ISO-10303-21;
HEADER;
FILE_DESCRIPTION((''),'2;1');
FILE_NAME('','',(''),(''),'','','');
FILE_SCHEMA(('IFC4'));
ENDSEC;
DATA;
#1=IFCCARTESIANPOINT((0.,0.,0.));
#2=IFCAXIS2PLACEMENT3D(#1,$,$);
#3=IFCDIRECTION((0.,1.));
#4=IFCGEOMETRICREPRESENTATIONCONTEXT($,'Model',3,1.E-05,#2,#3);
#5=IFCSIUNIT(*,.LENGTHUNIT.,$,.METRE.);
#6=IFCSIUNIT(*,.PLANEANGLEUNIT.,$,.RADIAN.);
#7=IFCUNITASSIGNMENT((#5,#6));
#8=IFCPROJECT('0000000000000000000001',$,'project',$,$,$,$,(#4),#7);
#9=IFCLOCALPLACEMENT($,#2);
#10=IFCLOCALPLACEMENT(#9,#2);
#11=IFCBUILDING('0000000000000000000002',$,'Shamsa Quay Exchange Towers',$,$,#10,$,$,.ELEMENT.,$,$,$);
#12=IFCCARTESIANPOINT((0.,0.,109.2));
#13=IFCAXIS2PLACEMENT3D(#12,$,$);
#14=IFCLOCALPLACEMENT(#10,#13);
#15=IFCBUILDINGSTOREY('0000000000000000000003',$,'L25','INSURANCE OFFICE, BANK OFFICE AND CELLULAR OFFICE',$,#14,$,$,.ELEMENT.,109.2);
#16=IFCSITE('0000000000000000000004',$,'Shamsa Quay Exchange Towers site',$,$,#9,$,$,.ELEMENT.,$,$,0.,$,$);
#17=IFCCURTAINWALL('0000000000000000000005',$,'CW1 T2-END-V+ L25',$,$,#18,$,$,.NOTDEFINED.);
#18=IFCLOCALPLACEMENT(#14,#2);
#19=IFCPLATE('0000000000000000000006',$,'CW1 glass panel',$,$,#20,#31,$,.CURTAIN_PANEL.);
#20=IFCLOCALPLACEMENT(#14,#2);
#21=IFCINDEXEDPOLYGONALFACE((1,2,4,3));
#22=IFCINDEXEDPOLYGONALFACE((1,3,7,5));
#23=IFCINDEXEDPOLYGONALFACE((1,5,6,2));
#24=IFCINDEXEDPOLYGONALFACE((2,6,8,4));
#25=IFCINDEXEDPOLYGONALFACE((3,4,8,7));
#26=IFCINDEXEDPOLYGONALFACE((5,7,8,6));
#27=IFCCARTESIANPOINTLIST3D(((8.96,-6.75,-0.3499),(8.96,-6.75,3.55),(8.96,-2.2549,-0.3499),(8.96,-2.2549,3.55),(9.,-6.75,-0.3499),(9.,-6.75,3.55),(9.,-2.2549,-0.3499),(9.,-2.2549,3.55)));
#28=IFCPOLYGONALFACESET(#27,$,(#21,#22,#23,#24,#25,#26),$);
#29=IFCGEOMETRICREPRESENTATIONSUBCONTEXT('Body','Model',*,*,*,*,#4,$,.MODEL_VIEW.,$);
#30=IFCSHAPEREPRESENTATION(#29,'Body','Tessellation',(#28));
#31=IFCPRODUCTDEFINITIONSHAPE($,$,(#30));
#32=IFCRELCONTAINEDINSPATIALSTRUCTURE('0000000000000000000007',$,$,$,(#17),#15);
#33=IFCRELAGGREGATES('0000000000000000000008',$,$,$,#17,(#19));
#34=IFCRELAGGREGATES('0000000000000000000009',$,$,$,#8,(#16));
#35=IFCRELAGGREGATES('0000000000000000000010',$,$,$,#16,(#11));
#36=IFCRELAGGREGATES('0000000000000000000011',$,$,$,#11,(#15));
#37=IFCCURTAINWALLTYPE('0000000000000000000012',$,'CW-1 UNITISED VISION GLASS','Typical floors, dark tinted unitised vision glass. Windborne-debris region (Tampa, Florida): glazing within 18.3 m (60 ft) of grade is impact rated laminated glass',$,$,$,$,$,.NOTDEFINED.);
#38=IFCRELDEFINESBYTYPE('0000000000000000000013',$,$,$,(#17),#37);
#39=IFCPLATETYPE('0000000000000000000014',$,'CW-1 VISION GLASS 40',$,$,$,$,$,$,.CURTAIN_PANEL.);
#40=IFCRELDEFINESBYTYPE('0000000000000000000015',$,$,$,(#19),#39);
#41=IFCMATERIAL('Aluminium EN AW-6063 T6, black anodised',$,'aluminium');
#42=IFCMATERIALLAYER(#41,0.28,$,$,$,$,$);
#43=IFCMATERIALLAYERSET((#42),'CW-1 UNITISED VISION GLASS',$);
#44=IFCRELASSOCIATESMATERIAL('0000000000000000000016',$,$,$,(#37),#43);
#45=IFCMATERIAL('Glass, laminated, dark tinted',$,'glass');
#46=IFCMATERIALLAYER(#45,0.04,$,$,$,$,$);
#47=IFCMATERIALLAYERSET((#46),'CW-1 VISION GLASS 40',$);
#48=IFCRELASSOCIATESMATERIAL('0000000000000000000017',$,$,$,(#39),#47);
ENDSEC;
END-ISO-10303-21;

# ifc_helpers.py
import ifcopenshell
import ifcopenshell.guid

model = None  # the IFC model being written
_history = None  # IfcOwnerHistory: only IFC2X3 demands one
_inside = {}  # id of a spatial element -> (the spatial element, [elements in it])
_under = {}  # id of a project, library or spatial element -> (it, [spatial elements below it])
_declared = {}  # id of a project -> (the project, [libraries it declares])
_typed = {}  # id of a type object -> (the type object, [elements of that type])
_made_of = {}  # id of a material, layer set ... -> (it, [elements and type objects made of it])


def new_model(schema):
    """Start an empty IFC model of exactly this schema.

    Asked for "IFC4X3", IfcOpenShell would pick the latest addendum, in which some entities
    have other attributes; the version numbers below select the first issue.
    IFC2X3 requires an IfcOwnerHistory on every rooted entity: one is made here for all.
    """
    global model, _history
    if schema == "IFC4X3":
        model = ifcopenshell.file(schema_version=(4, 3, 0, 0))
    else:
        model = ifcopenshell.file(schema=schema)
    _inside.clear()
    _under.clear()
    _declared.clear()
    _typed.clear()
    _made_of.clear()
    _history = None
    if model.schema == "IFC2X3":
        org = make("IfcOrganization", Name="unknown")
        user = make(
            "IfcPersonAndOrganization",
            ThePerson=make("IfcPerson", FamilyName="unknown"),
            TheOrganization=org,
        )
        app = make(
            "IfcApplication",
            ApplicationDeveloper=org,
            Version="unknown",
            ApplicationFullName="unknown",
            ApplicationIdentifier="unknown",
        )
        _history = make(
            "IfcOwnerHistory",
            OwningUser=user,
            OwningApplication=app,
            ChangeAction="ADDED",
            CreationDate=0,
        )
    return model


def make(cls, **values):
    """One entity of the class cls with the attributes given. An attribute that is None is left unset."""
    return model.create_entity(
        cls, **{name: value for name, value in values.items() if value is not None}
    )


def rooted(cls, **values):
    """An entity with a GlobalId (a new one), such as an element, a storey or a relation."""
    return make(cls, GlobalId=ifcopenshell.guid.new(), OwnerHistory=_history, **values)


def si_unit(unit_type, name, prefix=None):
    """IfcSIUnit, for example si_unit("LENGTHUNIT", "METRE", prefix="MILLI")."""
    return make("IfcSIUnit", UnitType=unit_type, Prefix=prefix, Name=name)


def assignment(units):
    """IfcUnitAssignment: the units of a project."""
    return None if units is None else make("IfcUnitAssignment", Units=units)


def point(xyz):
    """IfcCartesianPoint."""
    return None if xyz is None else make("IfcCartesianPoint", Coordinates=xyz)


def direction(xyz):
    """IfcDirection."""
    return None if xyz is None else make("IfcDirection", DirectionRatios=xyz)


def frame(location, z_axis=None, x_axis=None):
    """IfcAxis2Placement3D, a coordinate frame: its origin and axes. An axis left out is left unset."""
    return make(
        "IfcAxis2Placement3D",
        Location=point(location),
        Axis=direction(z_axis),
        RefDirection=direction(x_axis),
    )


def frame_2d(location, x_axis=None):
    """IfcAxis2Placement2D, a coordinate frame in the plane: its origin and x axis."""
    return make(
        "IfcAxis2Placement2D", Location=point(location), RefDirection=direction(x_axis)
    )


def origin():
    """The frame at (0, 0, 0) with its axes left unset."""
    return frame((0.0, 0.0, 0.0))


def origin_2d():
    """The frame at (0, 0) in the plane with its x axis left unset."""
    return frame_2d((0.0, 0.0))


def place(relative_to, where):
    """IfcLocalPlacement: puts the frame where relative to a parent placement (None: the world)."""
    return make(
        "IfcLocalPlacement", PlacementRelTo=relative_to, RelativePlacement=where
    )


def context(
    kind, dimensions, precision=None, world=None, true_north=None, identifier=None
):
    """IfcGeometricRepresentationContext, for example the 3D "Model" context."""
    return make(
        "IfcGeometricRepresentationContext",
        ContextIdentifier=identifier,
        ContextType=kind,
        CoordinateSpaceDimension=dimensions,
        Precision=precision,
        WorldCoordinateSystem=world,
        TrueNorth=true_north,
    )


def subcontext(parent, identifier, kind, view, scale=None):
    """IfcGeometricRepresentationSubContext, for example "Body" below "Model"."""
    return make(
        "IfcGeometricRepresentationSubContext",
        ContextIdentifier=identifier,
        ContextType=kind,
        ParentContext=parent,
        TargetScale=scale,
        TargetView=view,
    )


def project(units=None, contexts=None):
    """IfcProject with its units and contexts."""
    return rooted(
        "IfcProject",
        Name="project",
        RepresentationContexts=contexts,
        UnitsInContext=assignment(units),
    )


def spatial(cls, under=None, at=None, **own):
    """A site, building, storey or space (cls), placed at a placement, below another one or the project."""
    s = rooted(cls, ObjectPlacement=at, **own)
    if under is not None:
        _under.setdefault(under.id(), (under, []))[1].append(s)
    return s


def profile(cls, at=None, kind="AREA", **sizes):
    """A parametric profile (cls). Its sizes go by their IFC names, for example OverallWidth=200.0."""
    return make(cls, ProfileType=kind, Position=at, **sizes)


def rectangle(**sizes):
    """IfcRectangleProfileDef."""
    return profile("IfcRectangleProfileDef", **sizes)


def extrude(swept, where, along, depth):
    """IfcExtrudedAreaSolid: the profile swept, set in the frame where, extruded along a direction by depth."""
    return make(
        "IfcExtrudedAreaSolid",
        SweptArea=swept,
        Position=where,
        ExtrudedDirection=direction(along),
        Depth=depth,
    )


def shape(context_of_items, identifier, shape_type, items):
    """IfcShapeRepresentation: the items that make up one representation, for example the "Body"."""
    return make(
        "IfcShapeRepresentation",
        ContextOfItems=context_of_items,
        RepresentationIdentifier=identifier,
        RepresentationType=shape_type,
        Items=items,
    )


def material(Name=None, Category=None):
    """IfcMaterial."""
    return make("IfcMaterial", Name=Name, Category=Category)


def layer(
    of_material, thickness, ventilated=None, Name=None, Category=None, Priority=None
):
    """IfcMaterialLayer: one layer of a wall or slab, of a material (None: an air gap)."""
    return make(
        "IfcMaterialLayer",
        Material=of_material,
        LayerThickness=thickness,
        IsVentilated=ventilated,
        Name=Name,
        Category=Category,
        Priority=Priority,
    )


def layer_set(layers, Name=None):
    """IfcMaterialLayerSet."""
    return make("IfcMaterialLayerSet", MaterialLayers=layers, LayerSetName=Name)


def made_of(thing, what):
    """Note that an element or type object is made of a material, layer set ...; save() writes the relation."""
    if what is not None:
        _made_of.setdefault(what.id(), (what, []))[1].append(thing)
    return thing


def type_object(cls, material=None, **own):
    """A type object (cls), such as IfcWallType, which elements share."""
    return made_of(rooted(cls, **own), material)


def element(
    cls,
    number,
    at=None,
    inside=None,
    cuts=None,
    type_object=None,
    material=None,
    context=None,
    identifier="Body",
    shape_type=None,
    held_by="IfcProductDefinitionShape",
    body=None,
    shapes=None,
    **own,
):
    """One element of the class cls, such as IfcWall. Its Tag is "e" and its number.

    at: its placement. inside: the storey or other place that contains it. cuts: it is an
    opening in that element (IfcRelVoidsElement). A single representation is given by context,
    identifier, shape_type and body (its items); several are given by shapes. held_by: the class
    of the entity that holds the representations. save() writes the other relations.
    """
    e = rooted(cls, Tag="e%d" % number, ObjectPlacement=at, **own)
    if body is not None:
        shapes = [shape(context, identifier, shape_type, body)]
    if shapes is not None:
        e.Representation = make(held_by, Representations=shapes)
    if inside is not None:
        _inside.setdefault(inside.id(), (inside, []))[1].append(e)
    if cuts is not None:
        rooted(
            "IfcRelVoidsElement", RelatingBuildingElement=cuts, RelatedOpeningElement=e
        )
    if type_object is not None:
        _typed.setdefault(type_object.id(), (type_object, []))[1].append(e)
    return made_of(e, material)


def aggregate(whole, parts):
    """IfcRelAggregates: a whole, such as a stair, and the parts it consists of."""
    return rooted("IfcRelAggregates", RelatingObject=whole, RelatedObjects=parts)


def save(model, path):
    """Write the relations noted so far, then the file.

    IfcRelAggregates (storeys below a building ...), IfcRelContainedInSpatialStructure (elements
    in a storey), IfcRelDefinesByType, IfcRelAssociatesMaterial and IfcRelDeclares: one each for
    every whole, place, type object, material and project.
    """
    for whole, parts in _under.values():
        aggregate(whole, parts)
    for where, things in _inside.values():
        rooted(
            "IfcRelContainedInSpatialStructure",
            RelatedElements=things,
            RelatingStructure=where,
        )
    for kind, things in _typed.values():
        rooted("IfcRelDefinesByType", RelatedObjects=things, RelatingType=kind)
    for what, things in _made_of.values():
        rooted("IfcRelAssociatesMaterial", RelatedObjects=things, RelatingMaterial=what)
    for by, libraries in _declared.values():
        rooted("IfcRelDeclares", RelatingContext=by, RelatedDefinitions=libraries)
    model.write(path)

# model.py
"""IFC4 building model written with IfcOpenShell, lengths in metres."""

from ifc_helpers import new_model, si_unit, direction, frame, origin, origin_2d, place, context, subcontext, project, spatial, rectangle, extrude, material, layer, layer_set, type_object, element, aggregate, save


model = new_model("IFC4")

# Units and contexts
model_context = context("Model", 3, precision=1e-05, world=origin(), true_north=direction((0.0, 1.0)))
body_context = subcontext(model_context, "Body", "Model", "MODEL_VIEW")
ifc_project = project(units=[si_unit("LENGTHUNIT", "METRE"), si_unit("PLANEANGLEUNIT", "RADIAN")], contexts=[model_context])

# Site, building, storey
site_placement = place(None, origin())
site = spatial("IfcSite", under=ifc_project, at=site_placement, Name="Shamsa Quay Exchange Towers site", CompositionType="ELEMENT", RefElevation=0.0)
building_placement = place(site_placement, origin())
building = spatial("IfcBuilding", under=site, at=building_placement, Name="Shamsa Quay Exchange Towers", CompositionType="ELEMENT")
storey_placement = place(building_placement, frame((0.0, 0.0, 109.2)))
storey = spatial("IfcBuildingStorey", under=building, at=storey_placement, Name="L25", Description="INSURANCE OFFICE, BANK OFFICE AND CELLULAR OFFICE", CompositionType="ELEMENT", Elevation=109.2)

# Curtain wall
ifc_material_1 = material(Name="Aluminium EN AW-6063 T6, black anodised", Category="aluminium")
ifc_layer_1 = layer(ifc_material_1, 0.28)
ifc_layer_set_1 = layer_set([ifc_layer_1], Name="CW-1 UNITISED VISION GLASS")
curtain_wall_type = type_object("IfcCurtainWallType", Name="CW-1 UNITISED VISION GLASS", Description="Typical floors, dark tinted unitised vision glass. Windborne-debris region (Tampa, Florida): glazing within 18.3 m (60 ft) of grade is impact rated laminated glass", PredefinedType="NOTDEFINED", material=ifc_layer_set_1)
curtain_wall_placement = place(storey_placement, origin())
curtain_wall = element("IfcCurtainWall", 1, at=curtain_wall_placement, inside=storey, type_object=curtain_wall_type, Name="CW1 T2-END-V+ L25", PredefinedType="NOTDEFINED")

# Plate
ifc_material_2 = material(Name="Glass, laminated, dark tinted", Category="glass")
ifc_layer_2 = layer(ifc_material_2, 0.04)
ifc_layer_set_2 = layer_set([ifc_layer_2], Name="CW-1 VISION GLASS 40")
plate_type = type_object("IfcPlateType", Name="CW-1 VISION GLASS 40", PredefinedType="CURTAIN_PANEL", material=ifc_layer_set_2)
plate_1_placement = place(storey_placement, frame((8.98, -4.5024, -0.3499), z_axis=(0.0, 0.0, 1.0), x_axis=(0.0, -1.0, 0.0)))
plate_1 = element("IfcPlate", 2, at=plate_1_placement, type_object=plate_type, Name="CW1 glass panel", PredefinedType="CURTAIN_PANEL", context=body_context, shape_type="SweptSolid", body=[
    extrude(rectangle(XDim=4.4951, YDim=0.04, at=origin_2d()), origin(), (0.0, 0.0, 1.0), 3.8999),
])
aggregate(curtain_wall, [plate_1])

save(model, "model.ifc")
